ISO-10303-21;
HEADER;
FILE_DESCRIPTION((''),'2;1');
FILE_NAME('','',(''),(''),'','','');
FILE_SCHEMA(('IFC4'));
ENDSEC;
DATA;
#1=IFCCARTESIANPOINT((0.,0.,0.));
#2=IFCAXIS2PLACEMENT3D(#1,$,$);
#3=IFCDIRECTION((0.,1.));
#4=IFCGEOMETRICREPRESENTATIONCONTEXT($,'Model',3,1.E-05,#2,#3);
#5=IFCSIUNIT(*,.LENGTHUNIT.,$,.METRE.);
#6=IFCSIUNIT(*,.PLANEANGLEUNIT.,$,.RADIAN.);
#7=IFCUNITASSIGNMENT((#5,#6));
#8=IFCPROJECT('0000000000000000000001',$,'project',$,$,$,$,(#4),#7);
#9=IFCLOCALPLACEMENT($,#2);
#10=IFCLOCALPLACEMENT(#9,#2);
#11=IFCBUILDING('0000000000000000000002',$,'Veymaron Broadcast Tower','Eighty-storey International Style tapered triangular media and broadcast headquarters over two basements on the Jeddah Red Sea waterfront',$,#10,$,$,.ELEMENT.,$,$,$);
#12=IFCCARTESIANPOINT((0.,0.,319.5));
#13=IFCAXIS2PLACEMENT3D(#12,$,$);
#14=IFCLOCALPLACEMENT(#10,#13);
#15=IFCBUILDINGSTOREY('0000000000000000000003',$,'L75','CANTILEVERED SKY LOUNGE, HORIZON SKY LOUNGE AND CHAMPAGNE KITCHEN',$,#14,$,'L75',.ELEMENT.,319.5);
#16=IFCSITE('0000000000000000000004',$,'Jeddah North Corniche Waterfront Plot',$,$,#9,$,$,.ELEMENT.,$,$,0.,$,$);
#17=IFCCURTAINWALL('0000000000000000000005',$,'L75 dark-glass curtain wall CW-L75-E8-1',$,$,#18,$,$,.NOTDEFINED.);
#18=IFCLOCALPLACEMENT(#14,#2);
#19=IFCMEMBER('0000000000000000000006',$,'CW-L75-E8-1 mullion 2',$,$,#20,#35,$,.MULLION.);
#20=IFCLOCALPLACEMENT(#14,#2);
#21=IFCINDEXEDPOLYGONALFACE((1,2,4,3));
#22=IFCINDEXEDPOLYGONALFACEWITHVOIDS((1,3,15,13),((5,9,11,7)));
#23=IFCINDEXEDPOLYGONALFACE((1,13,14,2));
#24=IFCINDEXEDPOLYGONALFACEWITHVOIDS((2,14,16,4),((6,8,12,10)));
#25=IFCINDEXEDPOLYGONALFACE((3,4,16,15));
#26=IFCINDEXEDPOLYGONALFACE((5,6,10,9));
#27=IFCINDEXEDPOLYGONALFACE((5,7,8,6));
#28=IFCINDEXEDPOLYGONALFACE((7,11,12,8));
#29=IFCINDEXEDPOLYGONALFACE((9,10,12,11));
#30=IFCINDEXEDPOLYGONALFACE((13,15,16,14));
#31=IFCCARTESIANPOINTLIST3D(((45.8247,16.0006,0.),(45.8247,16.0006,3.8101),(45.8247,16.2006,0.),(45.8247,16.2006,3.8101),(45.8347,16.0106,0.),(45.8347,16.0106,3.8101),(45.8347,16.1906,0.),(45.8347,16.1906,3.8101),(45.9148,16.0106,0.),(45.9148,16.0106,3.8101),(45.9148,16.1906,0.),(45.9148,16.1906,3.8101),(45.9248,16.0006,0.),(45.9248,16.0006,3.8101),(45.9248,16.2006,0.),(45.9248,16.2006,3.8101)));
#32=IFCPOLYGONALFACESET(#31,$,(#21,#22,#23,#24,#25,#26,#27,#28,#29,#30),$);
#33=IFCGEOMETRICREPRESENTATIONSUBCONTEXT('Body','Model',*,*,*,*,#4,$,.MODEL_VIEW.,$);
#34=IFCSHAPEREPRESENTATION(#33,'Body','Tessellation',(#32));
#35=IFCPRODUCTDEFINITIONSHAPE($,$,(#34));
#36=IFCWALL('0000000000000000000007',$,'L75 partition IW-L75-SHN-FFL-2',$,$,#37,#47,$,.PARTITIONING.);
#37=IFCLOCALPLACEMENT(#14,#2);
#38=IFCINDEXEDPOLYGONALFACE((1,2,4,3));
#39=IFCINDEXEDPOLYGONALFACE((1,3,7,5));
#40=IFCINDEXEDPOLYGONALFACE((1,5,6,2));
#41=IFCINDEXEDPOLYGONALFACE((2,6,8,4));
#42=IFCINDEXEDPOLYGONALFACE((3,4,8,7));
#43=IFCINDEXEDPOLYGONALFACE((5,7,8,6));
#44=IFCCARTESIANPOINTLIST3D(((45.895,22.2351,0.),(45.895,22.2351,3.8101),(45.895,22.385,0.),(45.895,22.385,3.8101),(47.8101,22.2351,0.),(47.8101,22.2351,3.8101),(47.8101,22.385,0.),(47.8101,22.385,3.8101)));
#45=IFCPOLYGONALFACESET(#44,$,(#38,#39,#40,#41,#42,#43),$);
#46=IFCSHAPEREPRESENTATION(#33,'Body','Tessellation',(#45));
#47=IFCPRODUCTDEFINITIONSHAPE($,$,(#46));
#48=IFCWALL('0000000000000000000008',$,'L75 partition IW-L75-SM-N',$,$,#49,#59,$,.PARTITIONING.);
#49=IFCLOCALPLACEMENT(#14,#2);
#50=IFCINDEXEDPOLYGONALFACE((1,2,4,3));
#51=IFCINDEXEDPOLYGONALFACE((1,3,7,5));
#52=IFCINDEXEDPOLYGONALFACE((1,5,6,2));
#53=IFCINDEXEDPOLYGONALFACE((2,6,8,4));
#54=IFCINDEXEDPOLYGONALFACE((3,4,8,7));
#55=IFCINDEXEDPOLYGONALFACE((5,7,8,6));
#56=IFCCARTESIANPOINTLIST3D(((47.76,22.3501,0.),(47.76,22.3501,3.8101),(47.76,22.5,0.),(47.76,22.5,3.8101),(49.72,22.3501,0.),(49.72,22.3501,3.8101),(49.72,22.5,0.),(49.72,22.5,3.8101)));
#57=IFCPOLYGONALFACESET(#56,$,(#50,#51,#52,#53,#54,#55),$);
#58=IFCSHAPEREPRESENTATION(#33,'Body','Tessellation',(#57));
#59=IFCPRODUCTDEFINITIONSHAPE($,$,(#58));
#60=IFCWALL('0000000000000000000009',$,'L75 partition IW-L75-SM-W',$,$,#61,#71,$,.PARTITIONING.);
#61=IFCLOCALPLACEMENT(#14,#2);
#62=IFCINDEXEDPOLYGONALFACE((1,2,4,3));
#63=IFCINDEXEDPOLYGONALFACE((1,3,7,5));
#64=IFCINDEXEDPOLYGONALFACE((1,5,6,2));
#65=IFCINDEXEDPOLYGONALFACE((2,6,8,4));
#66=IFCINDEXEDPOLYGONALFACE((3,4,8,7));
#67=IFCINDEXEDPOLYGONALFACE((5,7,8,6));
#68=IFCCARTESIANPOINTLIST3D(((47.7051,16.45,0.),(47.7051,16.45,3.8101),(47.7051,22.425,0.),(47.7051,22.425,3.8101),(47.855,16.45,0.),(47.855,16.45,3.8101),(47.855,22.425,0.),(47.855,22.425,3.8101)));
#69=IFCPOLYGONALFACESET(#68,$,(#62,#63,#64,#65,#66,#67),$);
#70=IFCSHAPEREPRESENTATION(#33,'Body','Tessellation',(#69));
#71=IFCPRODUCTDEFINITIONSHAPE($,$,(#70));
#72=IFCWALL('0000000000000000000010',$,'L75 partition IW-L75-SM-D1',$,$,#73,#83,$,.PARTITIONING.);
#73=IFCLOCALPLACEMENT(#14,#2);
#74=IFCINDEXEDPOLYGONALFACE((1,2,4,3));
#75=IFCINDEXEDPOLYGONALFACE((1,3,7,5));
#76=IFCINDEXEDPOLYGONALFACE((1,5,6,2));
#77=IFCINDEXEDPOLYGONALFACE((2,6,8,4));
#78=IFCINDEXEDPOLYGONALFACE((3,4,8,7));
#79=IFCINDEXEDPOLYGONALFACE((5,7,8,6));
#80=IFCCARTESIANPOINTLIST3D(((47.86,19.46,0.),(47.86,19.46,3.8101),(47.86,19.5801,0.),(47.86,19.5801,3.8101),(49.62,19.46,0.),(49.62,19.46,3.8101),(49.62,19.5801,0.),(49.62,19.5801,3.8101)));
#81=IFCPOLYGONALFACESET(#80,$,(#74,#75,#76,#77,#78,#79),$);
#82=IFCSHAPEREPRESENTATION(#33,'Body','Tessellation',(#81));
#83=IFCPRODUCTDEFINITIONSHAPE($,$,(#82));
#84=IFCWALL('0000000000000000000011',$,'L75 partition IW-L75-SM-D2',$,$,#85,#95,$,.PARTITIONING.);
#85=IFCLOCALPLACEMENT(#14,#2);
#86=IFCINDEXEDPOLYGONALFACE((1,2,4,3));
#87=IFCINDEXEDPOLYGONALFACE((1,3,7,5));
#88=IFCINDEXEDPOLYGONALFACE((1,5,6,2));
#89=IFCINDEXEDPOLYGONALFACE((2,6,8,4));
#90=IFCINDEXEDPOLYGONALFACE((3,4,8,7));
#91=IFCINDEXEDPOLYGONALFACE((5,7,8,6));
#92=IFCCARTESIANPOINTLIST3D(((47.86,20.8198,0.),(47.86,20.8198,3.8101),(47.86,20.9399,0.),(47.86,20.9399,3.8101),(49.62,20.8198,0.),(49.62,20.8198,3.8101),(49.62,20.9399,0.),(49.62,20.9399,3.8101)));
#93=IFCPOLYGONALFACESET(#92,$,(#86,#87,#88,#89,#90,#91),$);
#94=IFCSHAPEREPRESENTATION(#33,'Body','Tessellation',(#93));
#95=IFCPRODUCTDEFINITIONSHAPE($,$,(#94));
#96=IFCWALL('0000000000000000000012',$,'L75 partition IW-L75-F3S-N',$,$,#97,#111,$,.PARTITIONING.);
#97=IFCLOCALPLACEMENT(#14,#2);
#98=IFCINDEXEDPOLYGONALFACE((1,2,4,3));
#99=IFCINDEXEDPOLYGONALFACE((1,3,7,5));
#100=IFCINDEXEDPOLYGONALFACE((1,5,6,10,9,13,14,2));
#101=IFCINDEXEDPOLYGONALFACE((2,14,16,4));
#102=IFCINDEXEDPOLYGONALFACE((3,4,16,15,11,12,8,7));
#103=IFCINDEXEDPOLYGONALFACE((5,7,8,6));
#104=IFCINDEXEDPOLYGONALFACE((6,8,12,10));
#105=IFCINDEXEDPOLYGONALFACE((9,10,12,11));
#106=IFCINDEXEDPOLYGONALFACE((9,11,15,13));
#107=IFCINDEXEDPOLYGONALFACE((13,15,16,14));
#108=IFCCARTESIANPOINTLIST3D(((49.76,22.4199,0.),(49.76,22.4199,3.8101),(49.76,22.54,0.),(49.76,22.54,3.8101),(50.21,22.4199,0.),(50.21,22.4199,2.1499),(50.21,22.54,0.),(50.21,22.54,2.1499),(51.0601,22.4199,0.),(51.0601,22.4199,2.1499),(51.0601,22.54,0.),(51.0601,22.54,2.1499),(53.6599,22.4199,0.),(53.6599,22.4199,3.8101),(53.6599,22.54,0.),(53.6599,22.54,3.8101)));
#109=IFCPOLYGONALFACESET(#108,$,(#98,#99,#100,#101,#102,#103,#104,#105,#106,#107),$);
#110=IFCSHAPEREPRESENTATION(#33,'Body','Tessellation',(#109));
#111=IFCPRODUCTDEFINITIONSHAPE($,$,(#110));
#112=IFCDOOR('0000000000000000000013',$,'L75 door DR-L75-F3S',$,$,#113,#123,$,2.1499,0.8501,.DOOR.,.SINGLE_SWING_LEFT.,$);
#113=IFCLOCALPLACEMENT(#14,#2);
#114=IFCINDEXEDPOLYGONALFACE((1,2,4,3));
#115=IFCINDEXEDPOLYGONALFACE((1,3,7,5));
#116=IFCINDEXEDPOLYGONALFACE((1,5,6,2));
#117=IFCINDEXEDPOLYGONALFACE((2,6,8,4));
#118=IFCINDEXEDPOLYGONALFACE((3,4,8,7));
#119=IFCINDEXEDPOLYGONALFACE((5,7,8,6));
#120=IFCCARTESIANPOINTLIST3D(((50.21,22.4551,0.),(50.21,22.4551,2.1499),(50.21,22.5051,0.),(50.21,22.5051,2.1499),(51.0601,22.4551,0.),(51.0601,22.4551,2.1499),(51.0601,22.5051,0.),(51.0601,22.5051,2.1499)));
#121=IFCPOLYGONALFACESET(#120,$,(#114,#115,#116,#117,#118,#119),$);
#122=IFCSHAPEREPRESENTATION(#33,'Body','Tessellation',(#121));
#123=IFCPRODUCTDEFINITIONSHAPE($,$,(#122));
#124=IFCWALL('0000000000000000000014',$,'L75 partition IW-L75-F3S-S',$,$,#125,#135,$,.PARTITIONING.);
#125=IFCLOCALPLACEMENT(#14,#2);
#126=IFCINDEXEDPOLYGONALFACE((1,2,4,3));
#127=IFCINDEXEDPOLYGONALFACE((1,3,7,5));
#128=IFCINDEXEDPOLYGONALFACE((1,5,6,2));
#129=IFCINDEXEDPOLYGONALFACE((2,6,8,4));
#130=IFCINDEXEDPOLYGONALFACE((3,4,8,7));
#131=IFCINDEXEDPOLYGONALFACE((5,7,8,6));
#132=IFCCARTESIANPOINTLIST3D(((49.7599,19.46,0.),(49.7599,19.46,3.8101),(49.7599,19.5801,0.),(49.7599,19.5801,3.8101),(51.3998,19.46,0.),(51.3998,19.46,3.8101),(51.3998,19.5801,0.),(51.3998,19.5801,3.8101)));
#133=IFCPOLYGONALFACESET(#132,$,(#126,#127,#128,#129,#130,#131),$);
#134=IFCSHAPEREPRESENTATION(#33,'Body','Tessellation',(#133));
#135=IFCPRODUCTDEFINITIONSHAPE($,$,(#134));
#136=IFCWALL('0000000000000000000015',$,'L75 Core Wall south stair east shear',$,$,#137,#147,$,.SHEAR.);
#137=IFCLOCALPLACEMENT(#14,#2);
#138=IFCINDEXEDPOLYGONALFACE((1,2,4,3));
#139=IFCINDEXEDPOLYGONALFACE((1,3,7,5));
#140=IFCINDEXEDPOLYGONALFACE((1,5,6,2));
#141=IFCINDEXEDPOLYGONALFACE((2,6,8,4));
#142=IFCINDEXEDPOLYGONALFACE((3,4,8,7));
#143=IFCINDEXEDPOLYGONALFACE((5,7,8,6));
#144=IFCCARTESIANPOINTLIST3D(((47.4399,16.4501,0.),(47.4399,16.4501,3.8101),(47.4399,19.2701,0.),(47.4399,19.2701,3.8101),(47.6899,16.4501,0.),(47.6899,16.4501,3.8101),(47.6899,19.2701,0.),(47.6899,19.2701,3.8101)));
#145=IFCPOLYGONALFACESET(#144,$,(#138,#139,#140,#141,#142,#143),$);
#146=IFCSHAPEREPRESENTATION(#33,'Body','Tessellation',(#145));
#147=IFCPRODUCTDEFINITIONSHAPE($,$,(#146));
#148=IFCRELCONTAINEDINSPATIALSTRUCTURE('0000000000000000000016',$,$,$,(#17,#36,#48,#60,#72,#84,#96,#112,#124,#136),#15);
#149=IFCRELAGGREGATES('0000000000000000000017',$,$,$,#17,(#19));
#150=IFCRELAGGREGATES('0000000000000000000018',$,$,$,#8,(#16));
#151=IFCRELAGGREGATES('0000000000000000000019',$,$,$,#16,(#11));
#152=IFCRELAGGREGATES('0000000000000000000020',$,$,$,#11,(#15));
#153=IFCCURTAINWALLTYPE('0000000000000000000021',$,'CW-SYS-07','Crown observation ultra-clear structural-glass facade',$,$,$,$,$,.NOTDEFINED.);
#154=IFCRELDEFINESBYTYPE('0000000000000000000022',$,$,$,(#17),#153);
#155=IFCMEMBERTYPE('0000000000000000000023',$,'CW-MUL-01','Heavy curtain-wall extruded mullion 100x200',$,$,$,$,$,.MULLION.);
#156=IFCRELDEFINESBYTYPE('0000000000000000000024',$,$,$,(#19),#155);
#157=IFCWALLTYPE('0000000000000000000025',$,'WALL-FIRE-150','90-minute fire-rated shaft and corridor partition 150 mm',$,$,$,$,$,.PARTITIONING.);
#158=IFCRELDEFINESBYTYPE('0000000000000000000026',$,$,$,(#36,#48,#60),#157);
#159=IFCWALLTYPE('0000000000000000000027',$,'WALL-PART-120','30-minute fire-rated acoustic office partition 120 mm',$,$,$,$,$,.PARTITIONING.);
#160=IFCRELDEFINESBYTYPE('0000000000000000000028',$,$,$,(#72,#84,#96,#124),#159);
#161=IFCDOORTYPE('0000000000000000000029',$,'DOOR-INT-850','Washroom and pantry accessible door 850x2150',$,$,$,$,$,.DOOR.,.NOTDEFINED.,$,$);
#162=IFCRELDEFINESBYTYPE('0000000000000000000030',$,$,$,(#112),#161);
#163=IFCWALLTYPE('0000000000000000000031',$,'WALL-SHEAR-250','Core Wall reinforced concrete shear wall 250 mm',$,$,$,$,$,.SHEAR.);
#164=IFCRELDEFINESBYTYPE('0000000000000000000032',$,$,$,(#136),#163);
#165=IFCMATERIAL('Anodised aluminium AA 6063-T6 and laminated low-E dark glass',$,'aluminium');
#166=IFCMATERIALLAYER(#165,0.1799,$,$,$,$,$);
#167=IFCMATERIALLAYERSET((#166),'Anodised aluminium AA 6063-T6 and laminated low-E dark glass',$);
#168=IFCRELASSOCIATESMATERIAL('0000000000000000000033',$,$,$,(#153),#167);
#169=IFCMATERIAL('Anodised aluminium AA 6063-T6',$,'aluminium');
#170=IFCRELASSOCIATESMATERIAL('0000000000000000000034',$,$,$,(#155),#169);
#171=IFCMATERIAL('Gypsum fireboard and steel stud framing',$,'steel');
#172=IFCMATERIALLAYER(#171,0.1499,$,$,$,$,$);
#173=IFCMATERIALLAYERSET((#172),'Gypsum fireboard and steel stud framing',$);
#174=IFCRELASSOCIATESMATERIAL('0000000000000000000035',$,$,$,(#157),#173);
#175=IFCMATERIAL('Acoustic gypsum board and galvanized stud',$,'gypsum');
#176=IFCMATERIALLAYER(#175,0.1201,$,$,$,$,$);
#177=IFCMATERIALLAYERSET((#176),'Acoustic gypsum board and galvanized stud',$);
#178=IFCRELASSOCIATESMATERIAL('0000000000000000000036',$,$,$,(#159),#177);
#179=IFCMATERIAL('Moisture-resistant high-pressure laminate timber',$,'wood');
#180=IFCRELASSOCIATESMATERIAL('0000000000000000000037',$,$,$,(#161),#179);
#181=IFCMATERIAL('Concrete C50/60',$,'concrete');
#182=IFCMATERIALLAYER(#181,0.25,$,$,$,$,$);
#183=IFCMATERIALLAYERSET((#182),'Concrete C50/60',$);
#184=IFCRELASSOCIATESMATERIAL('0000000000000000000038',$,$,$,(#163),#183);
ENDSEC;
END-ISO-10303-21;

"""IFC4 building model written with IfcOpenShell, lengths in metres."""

from ifc_helpers import new_model, si_unit, direction, frame, frame_2d, origin, origin_2d, place, context, subcontext, project, spatial, rectangle, hollow_rectangle, extrude, material, layer, layer_set, material_profile, profile_set, type_object, element, fill, aggregate, save


model = new_model("IFC4")

# Units and contexts
model_context = context("Model", 3, precision=1e-05, world=origin(), true_north=direction((0.0, 1.0)))
body_context = subcontext(model_context, "Body", "Model", "MODEL_VIEW")
ifc_project = project(units=[si_unit("LENGTHUNIT", "METRE"), si_unit("PLANEANGLEUNIT", "RADIAN")], contexts=[model_context])

# Site, building, storey
site_placement = place(None, origin())
site = spatial("IfcSite", under=ifc_project, at=site_placement, Name="Jeddah North Corniche Waterfront Plot", CompositionType="ELEMENT", RefElevation=0.0)
building_placement = place(site_placement, origin())
building = spatial("IfcBuilding", under=site, at=building_placement, Name="Veymaron Broadcast Tower", Description="Eighty-storey International Style tapered triangular media and broadcast headquarters over two basements on the Jeddah Red Sea waterfront", CompositionType="ELEMENT")
storey_placement = place(building_placement, frame((0.0, 0.0, 319.5)))
storey = spatial("IfcBuildingStorey", under=building, at=storey_placement, Name="L75", Description="CANTILEVERED SKY LOUNGE, HORIZON SKY LOUNGE AND CHAMPAGNE KITCHEN", LongName="L75", CompositionType="ELEMENT", Elevation=319.5)

# Curtain wall, member
ifc_material_1 = material(Name="Anodised aluminium AA 6063-T6 and laminated low-E dark glass", Category="aluminium")
ifc_layer_1 = layer(ifc_material_1, 0.1799)
ifc_layer_set_1 = layer_set([ifc_layer_1], Name="Anodised aluminium AA 6063-T6 and laminated low-E dark glass")
curtain_wall_type = type_object("IfcCurtainWallType", Name="CW-SYS-07", Description="Crown observation ultra-clear structural-glass facade", PredefinedType="NOTDEFINED", material=ifc_layer_set_1)
curtain_wall_placement = place(storey_placement, origin())
curtain_wall = element("IfcCurtainWall", 1, at=curtain_wall_placement, inside=storey, type_object=curtain_wall_type, Name="L75 dark-glass curtain wall CW-L75-E8-1", PredefinedType="NOTDEFINED")
ifc_material_2 = material(Name="Anodised aluminium AA 6063-T6", Category="aluminium")
ifc_material_profile = material_profile(ifc_material_2, hollow_rectangle(XDim=0.1001, YDim=0.2, WallThickness=0.01, at=origin_2d()), Name="RHS200X100X10")
ifc_profile_set = profile_set([ifc_material_profile], Name="Anodised aluminium AA 6063-T6")
member_type = type_object("IfcMemberType", Name="CW-MUL-01", Description="Heavy curtain-wall extruded mullion 100x200", PredefinedType="MULLION", material=ifc_profile_set)
member_placement = place(storey_placement, frame((45.8748, 16.1006, 0.0), z_axis=(0.0, 0.0, 1.0), x_axis=(1.0, 0.0, 0.0)))
member = element("IfcMember", 2, at=member_placement, type_object=member_type, Name="CW-L75-E8-1 mullion 2", PredefinedType="MULLION", context=body_context, shape_type="SweptSolid", body=[
    extrude(hollow_rectangle(XDim=0.1001, YDim=0.2, WallThickness=0.01, at=origin_2d()), origin(), (0.0, 0.0, 1.0), 3.8101),
])
aggregate(curtain_wall, [member])

# Shared definitions
ifc_material_3 = material(Name="Gypsum fireboard and steel stud framing", Category="steel")
ifc_layer_2 = layer(ifc_material_3, 0.1499)
ifc_layer_set_2 = layer_set([ifc_layer_2], Name="Gypsum fireboard and steel stud framing")
wall_type_1 = type_object("IfcWallType", Name="WALL-FIRE-150", Description="90-minute fire-rated shaft and corridor partition 150 mm", PredefinedType="PARTITIONING", material=ifc_layer_set_2)

# Wall
wall_1_placement = place(storey_placement, frame((45.895, 22.3101, 0.0), z_axis=(0.0, 0.0, 1.0), x_axis=(1.0, 0.0, 0.0)))
element("IfcWall", 3, at=wall_1_placement, inside=storey, type_object=wall_type_1, Name="L75 partition IW-L75-SHN-FFL-2", PredefinedType="PARTITIONING", context=body_context, shape_type="SweptSolid", body=[
    extrude(rectangle(XDim=1.915, YDim=0.1499, at=frame_2d((0.9575, 0.0))), origin(), (0.0, 0.0, 1.0), 3.8101),
])

# Walls
wall_2_placement = place(storey_placement, frame((47.76, 22.425, 0.0), z_axis=(0.0, 0.0, 1.0), x_axis=(1.0, 0.0, 0.0)))
element("IfcWall", 4, at=wall_2_placement, inside=storey, type_object=wall_type_1, Name="L75 partition IW-L75-SM-N", PredefinedType="PARTITIONING", context=body_context, shape_type="SweptSolid", body=[
    extrude(rectangle(XDim=1.96, YDim=0.1499, at=frame_2d((0.98, 0.0))), origin(), (0.0, 0.0, 1.0), 3.8101),
])
wall_3_placement = place(storey_placement, frame((47.78, 16.45, 0.0), z_axis=(0.0, 0.0, 1.0), x_axis=(0.0, 1.0, 0.0)))
element("IfcWall", 5, at=wall_3_placement, inside=storey, type_object=wall_type_1, Name="L75 partition IW-L75-SM-W", PredefinedType="PARTITIONING", context=body_context, shape_type="SweptSolid", body=[
    extrude(rectangle(XDim=5.9751, YDim=0.1499, at=frame_2d((2.9875, 0.0))), origin(), (0.0, 0.0, 1.0), 3.8101),
])
ifc_material_4 = material(Name="Acoustic gypsum board and galvanized stud", Category="gypsum")
ifc_layer_3 = layer(ifc_material_4, 0.1201)
ifc_layer_set_3 = layer_set([ifc_layer_3], Name="Acoustic gypsum board and galvanized stud")
wall_type_2 = type_object("IfcWallType", Name="WALL-PART-120", Description="30-minute fire-rated acoustic office partition 120 mm", PredefinedType="PARTITIONING", material=ifc_layer_set_3)
for number, where, z_axis, x_axis, name in (
    (6, (47.8601, 19.52, 0.0), (0.0, 0.0, 1.0), (1.0, 0.0, 0.0), "L75 partition IW-L75-SM-D1"),
    (7, (47.8601, 20.8799, 0.0), (0.0, 0.0, 1.0), (1.0, 0.0, 0.0), "L75 partition IW-L75-SM-D2"),
):
    element("IfcWall", number, at=place(storey_placement, frame(where, z_axis=z_axis, x_axis=x_axis)), inside=storey, type_object=wall_type_2, Name=name, PredefinedType="PARTITIONING", context=body_context, shape_type="SweptSolid", body=[
        extrude(rectangle(XDim=1.76, YDim=0.1201, at=frame_2d((0.8799, 0.0))), origin(), (0.0, 0.0, 1.0), 3.8101),
    ])

# Shared definitions
ifc_material_5 = material(Name="Moisture-resistant high-pressure laminate timber", Category="wood")
door_type_1 = type_object("IfcDoorType", Name="DOOR-INT-850", Description="Washroom and pantry accessible door 850x2150", OperationType="NOTDEFINED", PredefinedType="DOOR", material=ifc_material_5)

# Wall, opening, door
wall_4_placement = place(storey_placement, frame((49.76, 22.48, 0.0), z_axis=(0.0, 0.0, 1.0), x_axis=(1.0, 0.0, 0.0)))
wall_4 = element("IfcWall", 8, at=wall_4_placement, inside=storey, type_object=wall_type_2, Name="L75 partition IW-L75-F3S-N", PredefinedType="PARTITIONING", context=body_context, shape_type="SweptSolid", body=[
    extrude(rectangle(XDim=3.8999, YDim=0.1201, at=frame_2d((1.95, 0.0))), origin(), (0.0, 0.0, 1.0), 3.8101),
])
opening_1_placement = place(wall_4_placement, frame((0.45, 0.0, 0.0)))
opening_1 = element("IfcOpeningElement", 9, at=opening_1_placement, cuts=wall_4, PredefinedType="OPENING", context=body_context, shape_type="SweptSolid", body=[
    extrude(rectangle(XDim=0.8501, YDim=2.1499, at=frame_2d((0.425, 1.075))), frame((0.0, 0.0701, 0.0), z_axis=(0.0, -1.0, 0.0), x_axis=(1.0, 0.0, 0.0)), (0.0, 0.0, 1.0), 0.1401),
])
door_1_placement = place(opening_1_placement, frame((0.8501, 0.0, 0.0), z_axis=(0.0, 0.0, 1.0), x_axis=(-1.0, 0.0, 0.0)))
door_1 = element("IfcDoor", 10, at=door_1_placement, inside=storey, type_object=door_type_1, Name="L75 door DR-L75-F3S", OperationType="SINGLE_SWING_LEFT", OverallHeight=2.1499, OverallWidth=0.8501, PredefinedType="DOOR", context=body_context, shape_type="SweptSolid", body=[
    extrude(rectangle(XDim=0.8501, YDim=2.1499, at=frame_2d((0.425, 1.075))), frame((0.0, 0.0249, 0.0), z_axis=(0.0, -1.0, 0.0), x_axis=(1.0, 0.0, 0.0)), (0.0, 0.0, 1.0), 0.05),
])
fill(opening_1, door_1)

# Walls
wall_5_placement = place(storey_placement, frame((49.76, 19.52, 0.0), z_axis=(0.0, 0.0, 1.0), x_axis=(1.0, 0.0, 0.0)))
element("IfcWall", 11, at=wall_5_placement, inside=storey, type_object=wall_type_2, Name="L75 partition IW-L75-F3S-S", PredefinedType="PARTITIONING", context=body_context, shape_type="SweptSolid", body=[
    extrude(rectangle(XDim=1.6399, YDim=0.1201, at=frame_2d((0.8198, 0.0))), origin(), (0.0, 0.0, 1.0), 3.8101),
])
ifc_material_6 = material(Name="Concrete C50/60", Category="concrete")
ifc_layer_4 = layer(ifc_material_6, 0.25)
ifc_layer_set_4 = layer_set([ifc_layer_4], Name="Concrete C50/60")
wall_type_3 = type_object("IfcWallType", Name="WALL-SHEAR-250", Description="Core Wall reinforced concrete shear wall 250 mm", PredefinedType="SHEAR", material=ifc_layer_set_4)
wall_6_placement = place(storey_placement, frame((47.5649, 16.45, 0.0), z_axis=(0.0, 0.0, 1.0), x_axis=(0.0, 1.0, 0.0)))
element("IfcWall", 12, at=wall_6_placement, inside=storey, type_object=wall_type_3, Name="L75 Core Wall south stair east shear", PredefinedType="SHEAR", context=body_context, shape_type="SweptSolid", body=[
    extrude(rectangle(XDim=2.8201, YDim=0.25, at=frame_2d((1.4102, 0.0))), origin(), (0.0, 0.0, 1.0), 3.8101),
])

save(model, "model.ifc")
